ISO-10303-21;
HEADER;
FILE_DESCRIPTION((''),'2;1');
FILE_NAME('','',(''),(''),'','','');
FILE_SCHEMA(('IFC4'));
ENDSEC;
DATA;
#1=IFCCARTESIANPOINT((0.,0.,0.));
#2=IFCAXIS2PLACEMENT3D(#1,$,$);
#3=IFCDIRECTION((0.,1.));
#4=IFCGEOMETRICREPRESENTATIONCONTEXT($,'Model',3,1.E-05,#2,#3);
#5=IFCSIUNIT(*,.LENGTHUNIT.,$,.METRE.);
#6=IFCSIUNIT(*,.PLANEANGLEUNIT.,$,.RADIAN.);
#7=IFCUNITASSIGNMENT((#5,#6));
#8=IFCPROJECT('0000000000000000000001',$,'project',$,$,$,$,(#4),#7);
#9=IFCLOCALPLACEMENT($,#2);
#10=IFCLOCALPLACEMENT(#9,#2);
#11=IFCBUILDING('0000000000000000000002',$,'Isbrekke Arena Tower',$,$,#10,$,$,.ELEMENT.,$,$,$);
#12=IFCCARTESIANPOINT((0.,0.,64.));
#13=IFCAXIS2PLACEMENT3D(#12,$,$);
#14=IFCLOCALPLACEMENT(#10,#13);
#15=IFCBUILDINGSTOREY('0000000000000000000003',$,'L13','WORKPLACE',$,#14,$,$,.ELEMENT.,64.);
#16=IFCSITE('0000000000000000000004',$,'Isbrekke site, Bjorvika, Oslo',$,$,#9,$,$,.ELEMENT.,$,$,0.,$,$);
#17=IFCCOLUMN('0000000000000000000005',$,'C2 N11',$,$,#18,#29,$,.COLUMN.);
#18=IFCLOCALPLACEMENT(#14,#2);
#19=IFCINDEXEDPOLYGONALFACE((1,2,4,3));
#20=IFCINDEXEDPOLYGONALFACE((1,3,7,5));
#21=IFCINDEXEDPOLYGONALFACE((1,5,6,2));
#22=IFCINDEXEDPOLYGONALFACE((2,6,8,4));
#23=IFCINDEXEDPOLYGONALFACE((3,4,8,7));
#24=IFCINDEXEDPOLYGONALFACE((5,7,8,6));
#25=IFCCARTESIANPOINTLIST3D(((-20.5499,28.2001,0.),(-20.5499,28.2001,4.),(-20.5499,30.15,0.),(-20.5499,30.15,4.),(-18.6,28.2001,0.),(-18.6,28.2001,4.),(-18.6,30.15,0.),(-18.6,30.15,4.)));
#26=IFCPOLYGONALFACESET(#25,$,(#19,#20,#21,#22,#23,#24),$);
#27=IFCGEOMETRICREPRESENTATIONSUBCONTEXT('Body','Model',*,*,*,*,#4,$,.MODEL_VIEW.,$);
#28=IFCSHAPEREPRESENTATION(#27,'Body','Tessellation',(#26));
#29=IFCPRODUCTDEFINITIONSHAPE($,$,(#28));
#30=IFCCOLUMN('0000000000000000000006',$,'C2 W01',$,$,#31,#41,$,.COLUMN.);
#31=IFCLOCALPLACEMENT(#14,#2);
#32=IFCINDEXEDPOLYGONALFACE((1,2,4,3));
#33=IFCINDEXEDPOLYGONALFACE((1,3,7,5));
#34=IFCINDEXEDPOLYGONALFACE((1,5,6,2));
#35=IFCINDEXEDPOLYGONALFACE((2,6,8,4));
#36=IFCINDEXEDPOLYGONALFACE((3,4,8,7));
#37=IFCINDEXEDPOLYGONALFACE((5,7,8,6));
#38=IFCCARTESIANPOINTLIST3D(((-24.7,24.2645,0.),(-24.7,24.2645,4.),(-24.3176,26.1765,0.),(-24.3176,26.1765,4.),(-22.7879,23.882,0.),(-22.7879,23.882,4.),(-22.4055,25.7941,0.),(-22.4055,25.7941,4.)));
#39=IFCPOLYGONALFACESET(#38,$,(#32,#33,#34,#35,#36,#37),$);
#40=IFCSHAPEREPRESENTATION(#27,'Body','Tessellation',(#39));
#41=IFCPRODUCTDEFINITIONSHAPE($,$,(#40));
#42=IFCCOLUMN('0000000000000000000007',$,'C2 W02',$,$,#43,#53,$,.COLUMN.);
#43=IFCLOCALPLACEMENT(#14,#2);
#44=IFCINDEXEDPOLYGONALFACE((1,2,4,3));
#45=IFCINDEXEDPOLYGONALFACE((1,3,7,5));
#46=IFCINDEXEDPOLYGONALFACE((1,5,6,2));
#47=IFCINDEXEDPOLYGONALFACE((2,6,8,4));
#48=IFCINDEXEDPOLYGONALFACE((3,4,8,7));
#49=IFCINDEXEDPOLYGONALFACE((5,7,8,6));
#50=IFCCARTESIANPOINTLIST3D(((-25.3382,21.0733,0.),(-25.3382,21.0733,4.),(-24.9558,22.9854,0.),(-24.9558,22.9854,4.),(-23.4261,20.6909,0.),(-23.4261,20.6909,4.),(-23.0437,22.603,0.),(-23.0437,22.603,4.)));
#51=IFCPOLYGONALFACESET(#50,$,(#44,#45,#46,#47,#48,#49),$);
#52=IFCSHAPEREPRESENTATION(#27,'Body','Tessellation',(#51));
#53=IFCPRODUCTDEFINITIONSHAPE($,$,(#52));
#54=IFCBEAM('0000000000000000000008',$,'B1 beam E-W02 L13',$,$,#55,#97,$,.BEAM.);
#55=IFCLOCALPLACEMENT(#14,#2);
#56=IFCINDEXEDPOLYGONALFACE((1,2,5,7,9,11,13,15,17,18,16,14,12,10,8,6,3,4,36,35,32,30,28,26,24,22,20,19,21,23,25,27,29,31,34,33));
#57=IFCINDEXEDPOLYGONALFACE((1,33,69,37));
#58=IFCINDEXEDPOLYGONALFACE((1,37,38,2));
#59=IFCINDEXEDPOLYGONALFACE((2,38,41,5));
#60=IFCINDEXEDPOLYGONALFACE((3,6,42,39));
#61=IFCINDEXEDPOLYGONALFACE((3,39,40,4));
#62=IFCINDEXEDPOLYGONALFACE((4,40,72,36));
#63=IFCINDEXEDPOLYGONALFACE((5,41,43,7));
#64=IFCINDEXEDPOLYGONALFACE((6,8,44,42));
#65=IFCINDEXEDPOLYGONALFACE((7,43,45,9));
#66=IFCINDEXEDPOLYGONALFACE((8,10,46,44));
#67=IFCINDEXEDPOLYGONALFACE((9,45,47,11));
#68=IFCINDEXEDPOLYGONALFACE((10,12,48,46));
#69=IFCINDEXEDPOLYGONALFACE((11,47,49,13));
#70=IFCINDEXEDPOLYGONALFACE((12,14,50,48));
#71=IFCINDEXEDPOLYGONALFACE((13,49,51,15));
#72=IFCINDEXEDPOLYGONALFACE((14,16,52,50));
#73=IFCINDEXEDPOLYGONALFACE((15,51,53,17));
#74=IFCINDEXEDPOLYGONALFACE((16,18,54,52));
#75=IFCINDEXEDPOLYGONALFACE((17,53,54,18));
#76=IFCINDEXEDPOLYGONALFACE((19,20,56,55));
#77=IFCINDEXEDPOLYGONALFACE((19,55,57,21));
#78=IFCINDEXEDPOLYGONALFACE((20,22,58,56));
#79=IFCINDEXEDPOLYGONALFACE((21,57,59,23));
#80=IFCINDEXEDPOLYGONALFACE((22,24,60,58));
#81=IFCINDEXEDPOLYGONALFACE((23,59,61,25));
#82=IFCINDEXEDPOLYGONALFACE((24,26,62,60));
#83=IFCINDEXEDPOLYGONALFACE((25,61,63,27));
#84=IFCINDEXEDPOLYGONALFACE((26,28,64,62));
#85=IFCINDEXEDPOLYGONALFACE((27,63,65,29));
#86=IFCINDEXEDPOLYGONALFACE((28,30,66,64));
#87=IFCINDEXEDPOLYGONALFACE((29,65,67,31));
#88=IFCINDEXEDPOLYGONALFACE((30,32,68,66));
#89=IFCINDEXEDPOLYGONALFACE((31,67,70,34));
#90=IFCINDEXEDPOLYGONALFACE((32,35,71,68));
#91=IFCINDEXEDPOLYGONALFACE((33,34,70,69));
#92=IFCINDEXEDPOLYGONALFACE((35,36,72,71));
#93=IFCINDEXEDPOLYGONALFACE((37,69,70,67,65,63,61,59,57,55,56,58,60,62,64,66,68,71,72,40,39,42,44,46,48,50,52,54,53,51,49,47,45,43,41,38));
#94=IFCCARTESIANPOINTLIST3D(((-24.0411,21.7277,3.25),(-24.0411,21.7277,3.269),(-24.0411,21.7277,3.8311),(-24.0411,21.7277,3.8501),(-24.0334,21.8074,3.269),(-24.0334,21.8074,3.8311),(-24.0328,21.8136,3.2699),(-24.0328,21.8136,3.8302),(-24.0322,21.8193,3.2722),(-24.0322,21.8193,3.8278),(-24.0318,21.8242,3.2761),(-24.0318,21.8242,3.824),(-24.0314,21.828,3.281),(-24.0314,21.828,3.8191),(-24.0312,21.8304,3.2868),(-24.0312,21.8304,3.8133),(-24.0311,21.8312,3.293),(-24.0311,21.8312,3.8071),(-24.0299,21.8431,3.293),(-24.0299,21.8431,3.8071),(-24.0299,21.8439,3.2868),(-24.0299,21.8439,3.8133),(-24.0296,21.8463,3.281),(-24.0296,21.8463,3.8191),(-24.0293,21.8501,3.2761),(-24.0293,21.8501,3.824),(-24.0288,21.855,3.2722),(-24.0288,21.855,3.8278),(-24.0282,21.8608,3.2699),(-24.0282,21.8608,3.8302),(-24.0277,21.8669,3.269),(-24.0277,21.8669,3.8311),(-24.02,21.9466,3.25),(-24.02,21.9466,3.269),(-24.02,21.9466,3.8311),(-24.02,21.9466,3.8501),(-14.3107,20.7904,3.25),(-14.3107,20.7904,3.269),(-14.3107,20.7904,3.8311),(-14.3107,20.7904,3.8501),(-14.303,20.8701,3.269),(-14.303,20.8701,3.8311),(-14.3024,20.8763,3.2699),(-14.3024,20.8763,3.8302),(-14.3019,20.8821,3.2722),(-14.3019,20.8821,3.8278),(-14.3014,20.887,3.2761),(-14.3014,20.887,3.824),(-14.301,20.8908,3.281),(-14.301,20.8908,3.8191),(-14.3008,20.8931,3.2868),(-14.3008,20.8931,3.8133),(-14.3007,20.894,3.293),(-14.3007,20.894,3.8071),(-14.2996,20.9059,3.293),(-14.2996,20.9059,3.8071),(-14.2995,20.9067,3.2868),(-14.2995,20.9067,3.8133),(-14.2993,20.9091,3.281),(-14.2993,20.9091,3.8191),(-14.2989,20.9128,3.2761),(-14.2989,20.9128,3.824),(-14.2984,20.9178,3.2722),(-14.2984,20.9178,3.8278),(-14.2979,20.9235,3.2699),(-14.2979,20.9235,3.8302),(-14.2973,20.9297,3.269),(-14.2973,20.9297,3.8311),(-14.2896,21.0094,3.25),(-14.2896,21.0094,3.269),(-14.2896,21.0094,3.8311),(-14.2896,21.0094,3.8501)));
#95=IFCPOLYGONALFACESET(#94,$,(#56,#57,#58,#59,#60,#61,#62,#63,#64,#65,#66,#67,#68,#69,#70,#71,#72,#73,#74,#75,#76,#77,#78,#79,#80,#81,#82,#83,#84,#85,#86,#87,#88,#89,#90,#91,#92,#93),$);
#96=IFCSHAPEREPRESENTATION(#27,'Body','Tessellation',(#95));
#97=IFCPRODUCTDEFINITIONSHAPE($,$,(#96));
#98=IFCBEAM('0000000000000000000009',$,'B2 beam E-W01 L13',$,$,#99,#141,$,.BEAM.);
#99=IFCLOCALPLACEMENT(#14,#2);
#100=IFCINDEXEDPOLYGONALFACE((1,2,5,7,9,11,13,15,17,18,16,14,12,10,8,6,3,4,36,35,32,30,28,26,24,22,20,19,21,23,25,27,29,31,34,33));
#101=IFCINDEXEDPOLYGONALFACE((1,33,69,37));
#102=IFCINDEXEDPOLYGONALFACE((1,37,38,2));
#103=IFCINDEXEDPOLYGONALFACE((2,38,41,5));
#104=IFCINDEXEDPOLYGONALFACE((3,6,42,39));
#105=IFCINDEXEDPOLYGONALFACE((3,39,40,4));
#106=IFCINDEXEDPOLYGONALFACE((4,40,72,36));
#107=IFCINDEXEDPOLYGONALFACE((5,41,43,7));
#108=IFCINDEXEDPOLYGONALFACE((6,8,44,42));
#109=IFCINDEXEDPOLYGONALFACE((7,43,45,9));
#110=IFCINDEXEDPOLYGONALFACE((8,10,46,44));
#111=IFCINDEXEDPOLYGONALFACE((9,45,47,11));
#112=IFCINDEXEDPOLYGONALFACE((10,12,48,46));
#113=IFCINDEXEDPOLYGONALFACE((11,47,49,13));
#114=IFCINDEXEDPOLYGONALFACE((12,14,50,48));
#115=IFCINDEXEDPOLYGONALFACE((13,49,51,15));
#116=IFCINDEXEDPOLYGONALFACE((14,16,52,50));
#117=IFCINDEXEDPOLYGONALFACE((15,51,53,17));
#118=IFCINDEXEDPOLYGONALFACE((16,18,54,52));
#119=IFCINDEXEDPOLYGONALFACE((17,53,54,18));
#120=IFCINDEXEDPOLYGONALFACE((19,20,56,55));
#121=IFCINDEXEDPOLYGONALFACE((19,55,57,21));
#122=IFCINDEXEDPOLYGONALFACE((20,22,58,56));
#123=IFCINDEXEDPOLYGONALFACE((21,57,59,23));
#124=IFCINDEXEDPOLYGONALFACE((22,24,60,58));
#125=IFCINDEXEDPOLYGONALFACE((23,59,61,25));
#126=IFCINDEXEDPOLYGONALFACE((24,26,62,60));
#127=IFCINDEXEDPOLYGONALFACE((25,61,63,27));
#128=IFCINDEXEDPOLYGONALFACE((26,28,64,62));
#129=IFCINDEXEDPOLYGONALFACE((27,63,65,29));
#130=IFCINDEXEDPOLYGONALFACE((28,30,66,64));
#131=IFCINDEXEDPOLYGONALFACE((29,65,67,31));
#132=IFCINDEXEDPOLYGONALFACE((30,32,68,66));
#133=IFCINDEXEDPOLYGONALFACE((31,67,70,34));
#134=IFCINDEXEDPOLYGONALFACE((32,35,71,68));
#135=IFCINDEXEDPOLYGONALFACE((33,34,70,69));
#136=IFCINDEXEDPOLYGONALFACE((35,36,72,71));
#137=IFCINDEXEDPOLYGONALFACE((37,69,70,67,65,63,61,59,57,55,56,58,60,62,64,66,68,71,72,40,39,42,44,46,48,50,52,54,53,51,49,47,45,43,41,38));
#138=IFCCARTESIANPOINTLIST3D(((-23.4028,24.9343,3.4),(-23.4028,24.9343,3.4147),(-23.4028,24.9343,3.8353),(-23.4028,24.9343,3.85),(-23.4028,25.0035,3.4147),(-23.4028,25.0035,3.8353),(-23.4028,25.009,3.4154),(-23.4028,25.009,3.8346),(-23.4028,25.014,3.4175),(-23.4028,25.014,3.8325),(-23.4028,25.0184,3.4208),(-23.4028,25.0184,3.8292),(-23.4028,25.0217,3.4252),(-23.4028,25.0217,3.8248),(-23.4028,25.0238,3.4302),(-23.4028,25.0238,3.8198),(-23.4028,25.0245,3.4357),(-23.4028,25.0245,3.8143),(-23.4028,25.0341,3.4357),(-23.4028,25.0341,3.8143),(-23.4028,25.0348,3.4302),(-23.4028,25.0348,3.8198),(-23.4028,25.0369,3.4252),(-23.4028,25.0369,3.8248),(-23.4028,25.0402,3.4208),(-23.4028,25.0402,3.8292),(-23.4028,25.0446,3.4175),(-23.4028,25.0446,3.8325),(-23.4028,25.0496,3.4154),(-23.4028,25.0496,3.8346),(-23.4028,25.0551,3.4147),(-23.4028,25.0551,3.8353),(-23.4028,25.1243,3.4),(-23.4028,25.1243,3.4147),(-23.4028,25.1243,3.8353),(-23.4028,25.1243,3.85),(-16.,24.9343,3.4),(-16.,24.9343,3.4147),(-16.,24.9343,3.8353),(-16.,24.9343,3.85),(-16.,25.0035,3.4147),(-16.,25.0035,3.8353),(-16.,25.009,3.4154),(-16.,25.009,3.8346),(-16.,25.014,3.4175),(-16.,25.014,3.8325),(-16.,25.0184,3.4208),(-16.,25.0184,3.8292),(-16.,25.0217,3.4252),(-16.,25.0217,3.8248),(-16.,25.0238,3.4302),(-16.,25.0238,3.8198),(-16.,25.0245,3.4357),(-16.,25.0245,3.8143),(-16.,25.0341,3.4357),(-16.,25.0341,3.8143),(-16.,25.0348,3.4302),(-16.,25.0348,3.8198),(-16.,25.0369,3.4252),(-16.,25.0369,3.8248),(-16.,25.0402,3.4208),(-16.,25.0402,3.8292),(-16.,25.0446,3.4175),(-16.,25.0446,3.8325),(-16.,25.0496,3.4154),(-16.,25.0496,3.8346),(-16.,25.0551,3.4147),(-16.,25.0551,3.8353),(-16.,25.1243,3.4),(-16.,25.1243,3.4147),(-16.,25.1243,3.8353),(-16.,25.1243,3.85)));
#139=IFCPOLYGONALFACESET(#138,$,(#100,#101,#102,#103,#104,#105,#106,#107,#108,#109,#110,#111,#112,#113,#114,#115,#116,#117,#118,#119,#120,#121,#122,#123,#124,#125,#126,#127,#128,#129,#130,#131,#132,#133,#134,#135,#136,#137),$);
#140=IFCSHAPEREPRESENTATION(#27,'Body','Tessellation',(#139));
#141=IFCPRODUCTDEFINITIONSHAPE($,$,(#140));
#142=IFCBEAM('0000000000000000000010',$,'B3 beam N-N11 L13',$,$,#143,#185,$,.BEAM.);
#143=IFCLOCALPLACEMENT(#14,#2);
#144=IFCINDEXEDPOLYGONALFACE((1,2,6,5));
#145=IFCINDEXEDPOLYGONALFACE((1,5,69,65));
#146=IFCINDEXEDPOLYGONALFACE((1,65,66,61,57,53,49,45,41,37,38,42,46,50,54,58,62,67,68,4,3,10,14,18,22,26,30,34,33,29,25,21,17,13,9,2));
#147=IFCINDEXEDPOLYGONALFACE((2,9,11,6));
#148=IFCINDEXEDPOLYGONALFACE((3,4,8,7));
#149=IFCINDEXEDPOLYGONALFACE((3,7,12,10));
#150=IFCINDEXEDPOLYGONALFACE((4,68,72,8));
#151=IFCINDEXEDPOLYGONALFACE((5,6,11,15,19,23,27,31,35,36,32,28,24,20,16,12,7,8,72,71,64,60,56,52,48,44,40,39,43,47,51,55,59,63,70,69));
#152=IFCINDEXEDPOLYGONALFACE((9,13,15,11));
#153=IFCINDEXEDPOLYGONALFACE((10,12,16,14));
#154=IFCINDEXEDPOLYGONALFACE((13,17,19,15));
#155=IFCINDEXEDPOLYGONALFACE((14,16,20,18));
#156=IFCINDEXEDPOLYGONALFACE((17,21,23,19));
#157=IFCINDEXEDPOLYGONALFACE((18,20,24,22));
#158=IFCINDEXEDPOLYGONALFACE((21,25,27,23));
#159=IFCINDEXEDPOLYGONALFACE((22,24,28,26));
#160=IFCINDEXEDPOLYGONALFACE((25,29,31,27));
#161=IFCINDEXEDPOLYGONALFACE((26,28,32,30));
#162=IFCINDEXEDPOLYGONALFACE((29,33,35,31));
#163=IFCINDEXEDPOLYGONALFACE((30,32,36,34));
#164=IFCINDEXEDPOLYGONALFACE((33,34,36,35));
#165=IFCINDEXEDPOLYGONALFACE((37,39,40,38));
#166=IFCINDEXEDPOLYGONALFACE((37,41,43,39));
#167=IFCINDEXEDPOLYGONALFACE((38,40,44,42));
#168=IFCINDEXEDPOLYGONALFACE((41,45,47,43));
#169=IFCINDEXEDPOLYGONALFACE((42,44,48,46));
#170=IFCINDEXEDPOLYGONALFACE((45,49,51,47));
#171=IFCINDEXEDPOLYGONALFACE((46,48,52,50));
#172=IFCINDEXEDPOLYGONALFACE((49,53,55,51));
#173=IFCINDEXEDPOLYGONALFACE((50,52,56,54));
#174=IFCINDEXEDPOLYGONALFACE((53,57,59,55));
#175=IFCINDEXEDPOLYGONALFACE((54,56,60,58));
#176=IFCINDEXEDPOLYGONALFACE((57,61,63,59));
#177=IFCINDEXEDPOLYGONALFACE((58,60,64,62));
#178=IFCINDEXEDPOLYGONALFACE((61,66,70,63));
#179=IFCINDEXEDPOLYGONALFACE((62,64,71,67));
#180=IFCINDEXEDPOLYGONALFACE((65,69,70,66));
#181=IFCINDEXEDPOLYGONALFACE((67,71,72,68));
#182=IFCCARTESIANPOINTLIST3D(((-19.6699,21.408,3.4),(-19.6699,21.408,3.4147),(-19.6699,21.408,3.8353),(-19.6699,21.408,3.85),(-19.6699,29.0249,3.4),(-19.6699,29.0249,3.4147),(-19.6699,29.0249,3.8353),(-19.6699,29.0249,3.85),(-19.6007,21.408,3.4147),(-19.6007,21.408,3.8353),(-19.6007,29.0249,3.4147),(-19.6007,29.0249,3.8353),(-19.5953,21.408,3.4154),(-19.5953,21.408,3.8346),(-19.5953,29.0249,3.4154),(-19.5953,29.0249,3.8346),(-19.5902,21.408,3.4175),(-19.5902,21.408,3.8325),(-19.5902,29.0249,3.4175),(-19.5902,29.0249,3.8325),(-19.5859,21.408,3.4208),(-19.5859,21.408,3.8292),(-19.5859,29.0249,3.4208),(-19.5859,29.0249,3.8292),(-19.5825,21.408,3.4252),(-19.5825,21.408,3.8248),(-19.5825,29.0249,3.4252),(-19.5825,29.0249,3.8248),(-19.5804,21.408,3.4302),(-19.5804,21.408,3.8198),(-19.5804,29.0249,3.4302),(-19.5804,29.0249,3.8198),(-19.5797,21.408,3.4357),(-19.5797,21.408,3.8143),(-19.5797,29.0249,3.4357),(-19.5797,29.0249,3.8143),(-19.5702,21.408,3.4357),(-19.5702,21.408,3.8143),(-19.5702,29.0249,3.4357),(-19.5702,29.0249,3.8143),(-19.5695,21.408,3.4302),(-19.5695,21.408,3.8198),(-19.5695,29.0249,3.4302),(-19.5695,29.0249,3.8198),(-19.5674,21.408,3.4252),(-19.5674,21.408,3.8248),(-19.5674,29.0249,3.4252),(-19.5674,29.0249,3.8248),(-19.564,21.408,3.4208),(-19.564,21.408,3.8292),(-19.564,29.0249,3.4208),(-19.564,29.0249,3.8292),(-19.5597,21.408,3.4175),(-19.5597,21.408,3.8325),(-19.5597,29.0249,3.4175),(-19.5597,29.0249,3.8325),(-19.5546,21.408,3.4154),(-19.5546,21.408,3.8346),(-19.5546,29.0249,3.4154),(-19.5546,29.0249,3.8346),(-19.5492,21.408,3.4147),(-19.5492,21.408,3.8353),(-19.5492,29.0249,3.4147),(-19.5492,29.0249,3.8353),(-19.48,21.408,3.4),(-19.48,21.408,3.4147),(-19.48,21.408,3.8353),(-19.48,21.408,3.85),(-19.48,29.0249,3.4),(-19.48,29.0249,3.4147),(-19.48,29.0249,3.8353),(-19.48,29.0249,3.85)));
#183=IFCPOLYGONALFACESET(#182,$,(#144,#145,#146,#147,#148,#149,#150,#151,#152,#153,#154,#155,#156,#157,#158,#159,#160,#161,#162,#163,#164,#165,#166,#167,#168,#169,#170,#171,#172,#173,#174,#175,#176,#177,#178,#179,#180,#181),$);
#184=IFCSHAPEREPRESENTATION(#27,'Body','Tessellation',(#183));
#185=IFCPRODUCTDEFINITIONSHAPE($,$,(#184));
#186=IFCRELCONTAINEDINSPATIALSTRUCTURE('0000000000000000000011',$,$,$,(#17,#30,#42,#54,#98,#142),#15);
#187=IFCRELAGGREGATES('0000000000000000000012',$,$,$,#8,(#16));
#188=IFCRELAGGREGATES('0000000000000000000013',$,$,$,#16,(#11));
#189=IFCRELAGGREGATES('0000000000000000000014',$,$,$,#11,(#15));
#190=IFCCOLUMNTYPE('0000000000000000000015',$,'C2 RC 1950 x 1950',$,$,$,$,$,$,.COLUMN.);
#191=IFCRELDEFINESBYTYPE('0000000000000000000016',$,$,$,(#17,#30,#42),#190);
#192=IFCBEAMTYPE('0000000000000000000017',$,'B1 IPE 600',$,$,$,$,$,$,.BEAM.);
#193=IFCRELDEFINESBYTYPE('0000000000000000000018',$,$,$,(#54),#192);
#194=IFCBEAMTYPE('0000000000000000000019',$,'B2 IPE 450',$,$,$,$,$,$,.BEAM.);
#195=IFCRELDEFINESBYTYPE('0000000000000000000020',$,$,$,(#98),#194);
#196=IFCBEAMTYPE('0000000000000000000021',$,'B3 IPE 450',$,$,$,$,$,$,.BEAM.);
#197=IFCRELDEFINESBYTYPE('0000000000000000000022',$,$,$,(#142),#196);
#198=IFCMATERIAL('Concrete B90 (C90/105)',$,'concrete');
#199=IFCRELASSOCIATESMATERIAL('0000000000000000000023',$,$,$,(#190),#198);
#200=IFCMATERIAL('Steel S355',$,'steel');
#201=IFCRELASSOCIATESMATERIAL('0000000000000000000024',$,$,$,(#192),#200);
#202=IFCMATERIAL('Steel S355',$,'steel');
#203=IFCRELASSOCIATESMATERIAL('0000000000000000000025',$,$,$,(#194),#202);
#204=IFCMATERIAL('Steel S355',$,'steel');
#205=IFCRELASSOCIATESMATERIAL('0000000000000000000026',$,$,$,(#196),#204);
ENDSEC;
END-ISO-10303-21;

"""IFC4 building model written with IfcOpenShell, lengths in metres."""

from ifc_helpers import new_model, si_unit, direction, frame, origin, origin_2d, place, context, subcontext, project, spatial, rectangle, i_section, extrude, material, material_profile, profile_set, type_object, element, save


model = new_model("IFC4")

# Units and contexts
model_context = context("Model", 3, precision=1e-05, world=origin(), true_north=direction((0.0, 1.0)))
body_context = subcontext(model_context, "Body", "Model", "MODEL_VIEW")
ifc_project = project(units=[si_unit("LENGTHUNIT", "METRE"), si_unit("PLANEANGLEUNIT", "RADIAN")], contexts=[model_context])

# Site, building, storey
site_placement = place(None, origin())
site = spatial("IfcSite", under=ifc_project, at=site_placement, Name="Isbrekke site, Bjorvika, Oslo", CompositionType="ELEMENT", RefElevation=0.0)
building_placement = place(site_placement, origin())
building = spatial("IfcBuilding", under=site, at=building_placement, Name="Isbrekke Arena Tower", CompositionType="ELEMENT")
storey_placement = place(building_placement, frame((0.0, 0.0, 64.0)))
storey = spatial("IfcBuildingStorey", under=building, at=storey_placement, Name="L13", Description="WORKPLACE", CompositionType="ELEMENT", Elevation=64.0)

# Columns
ifc_material_1 = material(Name="Concrete B90 (C90/105)", Category="concrete")
ifc_material_profile_1 = material_profile(ifc_material_1, rectangle(XDim=1.95, YDim=1.95, at=origin_2d()), Name="RC 1950x1950")
ifc_profile_set_1 = profile_set([ifc_material_profile_1], Name="Concrete B90 (C90/105)")
column_type = type_object("IfcColumnType", Name="C2 RC 1950 x 1950", PredefinedType="COLUMN", material=ifc_profile_set_1)
for number, where, z_axis, x_axis, name in (
    (1, (-19.575, 29.175, 0.0), (0.0, 0.0, 1.0), (-1.0, 0.0, 0.0), "C2 N11"),
    (2, (-23.5527, 25.0293, 0.0), (0.0, 0.0, 1.0), (-0.196116, -0.980581, 0.0), "C2 W01"),
    (3, (-24.1909, 21.8381, 0.0), (0.0, 0.0, 1.0), (-0.196116, -0.980581, 0.0), "C2 W02"),
):
    element("IfcColumn", number, at=place(storey_placement, frame(where, z_axis=z_axis, x_axis=x_axis)), inside=storey, type_object=column_type, Name=name, PredefinedType="COLUMN", context=body_context, shape_type="SweptSolid", body=[
        extrude(rectangle(XDim=1.95, YDim=1.95, at=origin_2d()), origin(), (0.0, 0.0, 1.0), 4.0),
    ])

# Beams
ifc_material_2 = material(Name="Steel S355", Category="steel")
ifc_material_profile_2 = material_profile(ifc_material_2, i_section(OverallWidth=0.22, OverallDepth=0.6001, WebThickness=0.012, FlangeThickness=0.019, FilletRadius=0.0239, at=origin_2d()), Name="IPE 600")
ifc_profile_set_2 = profile_set([ifc_material_profile_2], Name="Steel S355")
beam_type_1 = type_object("IfcBeamType", Name="B1 IPE 600", PredefinedType="BEAM", material=ifc_profile_set_2)
beam_1_placement = place(storey_placement, frame((-24.0305, 21.8372, 3.55), z_axis=(0.995393, -0.095878, 0.0), x_axis=(0.095878, 0.995393, 0.0)))
element("IfcBeam", 4, at=beam_1_placement, inside=storey, type_object=beam_type_1, Name="B1 beam E-W02 L13", PredefinedType="BEAM", context=body_context, shape_type="SweptSolid", body=[
    extrude(i_section(OverallWidth=0.22, OverallDepth=0.6001, WebThickness=0.012, FlangeThickness=0.019, FilletRadius=0.0239, at=origin_2d()), origin(), (0.0, 0.0, 1.0), 9.7754),
])
ifc_material_3 = material(Name="Steel S355", Category="steel")
ifc_material_profile_3 = material_profile(ifc_material_3, i_section(OverallWidth=0.1899, OverallDepth=0.45, WebThickness=0.0095, FlangeThickness=0.0146, FilletRadius=0.021, at=origin_2d()), Name="IPE 450")
ifc_profile_set_3 = profile_set([ifc_material_profile_3], Name="Steel S355")
beam_type_2 = type_object("IfcBeamType", Name="B2 IPE 450", PredefinedType="BEAM", material=ifc_profile_set_3)
beam_2_placement = place(storey_placement, frame((-23.4028, 25.0293, 3.625), z_axis=(1.0, 0.0, 0.0), x_axis=(0.0, 1.0, 0.0)))
element("IfcBeam", 5, at=beam_2_placement, inside=storey, type_object=beam_type_2, Name="B2 beam E-W01 L13", PredefinedType="BEAM", context=body_context, shape_type="SweptSolid", body=[
    extrude(i_section(OverallWidth=0.1899, OverallDepth=0.45, WebThickness=0.0095, FlangeThickness=0.0146, FilletRadius=0.021, at=origin_2d()), origin(), (0.0, 0.0, 1.0), 7.4028),
])
ifc_material_4 = material(Name="Steel S355", Category="steel")
ifc_material_profile_4 = material_profile(ifc_material_4, i_section(OverallWidth=0.1899, OverallDepth=0.45, WebThickness=0.0095, FlangeThickness=0.0146, FilletRadius=0.021, at=origin_2d()), Name="IPE 450")
ifc_profile_set_4 = profile_set([ifc_material_profile_4], Name="Steel S355")
beam_type_3 = type_object("IfcBeamType", Name="B3 IPE 450", PredefinedType="BEAM", material=ifc_profile_set_4)
beam_3_placement = place(storey_placement, frame((-19.575, 29.0249, 3.625), z_axis=(0.0, -1.0, 0.0), x_axis=(1.0, 0.0, 0.0)))
element("IfcBeam", 6, at=beam_3_placement, inside=storey, type_object=beam_type_3, Name="B3 beam N-N11 L13", PredefinedType="BEAM", context=body_context, shape_type="SweptSolid", body=[
    extrude(i_section(OverallWidth=0.1899, OverallDepth=0.45, WebThickness=0.0095, FlangeThickness=0.0146, FilletRadius=0.021, at=origin_2d()), origin(), (0.0, 0.0, 1.0), 7.6169),
])

save(model, "model.ifc")
